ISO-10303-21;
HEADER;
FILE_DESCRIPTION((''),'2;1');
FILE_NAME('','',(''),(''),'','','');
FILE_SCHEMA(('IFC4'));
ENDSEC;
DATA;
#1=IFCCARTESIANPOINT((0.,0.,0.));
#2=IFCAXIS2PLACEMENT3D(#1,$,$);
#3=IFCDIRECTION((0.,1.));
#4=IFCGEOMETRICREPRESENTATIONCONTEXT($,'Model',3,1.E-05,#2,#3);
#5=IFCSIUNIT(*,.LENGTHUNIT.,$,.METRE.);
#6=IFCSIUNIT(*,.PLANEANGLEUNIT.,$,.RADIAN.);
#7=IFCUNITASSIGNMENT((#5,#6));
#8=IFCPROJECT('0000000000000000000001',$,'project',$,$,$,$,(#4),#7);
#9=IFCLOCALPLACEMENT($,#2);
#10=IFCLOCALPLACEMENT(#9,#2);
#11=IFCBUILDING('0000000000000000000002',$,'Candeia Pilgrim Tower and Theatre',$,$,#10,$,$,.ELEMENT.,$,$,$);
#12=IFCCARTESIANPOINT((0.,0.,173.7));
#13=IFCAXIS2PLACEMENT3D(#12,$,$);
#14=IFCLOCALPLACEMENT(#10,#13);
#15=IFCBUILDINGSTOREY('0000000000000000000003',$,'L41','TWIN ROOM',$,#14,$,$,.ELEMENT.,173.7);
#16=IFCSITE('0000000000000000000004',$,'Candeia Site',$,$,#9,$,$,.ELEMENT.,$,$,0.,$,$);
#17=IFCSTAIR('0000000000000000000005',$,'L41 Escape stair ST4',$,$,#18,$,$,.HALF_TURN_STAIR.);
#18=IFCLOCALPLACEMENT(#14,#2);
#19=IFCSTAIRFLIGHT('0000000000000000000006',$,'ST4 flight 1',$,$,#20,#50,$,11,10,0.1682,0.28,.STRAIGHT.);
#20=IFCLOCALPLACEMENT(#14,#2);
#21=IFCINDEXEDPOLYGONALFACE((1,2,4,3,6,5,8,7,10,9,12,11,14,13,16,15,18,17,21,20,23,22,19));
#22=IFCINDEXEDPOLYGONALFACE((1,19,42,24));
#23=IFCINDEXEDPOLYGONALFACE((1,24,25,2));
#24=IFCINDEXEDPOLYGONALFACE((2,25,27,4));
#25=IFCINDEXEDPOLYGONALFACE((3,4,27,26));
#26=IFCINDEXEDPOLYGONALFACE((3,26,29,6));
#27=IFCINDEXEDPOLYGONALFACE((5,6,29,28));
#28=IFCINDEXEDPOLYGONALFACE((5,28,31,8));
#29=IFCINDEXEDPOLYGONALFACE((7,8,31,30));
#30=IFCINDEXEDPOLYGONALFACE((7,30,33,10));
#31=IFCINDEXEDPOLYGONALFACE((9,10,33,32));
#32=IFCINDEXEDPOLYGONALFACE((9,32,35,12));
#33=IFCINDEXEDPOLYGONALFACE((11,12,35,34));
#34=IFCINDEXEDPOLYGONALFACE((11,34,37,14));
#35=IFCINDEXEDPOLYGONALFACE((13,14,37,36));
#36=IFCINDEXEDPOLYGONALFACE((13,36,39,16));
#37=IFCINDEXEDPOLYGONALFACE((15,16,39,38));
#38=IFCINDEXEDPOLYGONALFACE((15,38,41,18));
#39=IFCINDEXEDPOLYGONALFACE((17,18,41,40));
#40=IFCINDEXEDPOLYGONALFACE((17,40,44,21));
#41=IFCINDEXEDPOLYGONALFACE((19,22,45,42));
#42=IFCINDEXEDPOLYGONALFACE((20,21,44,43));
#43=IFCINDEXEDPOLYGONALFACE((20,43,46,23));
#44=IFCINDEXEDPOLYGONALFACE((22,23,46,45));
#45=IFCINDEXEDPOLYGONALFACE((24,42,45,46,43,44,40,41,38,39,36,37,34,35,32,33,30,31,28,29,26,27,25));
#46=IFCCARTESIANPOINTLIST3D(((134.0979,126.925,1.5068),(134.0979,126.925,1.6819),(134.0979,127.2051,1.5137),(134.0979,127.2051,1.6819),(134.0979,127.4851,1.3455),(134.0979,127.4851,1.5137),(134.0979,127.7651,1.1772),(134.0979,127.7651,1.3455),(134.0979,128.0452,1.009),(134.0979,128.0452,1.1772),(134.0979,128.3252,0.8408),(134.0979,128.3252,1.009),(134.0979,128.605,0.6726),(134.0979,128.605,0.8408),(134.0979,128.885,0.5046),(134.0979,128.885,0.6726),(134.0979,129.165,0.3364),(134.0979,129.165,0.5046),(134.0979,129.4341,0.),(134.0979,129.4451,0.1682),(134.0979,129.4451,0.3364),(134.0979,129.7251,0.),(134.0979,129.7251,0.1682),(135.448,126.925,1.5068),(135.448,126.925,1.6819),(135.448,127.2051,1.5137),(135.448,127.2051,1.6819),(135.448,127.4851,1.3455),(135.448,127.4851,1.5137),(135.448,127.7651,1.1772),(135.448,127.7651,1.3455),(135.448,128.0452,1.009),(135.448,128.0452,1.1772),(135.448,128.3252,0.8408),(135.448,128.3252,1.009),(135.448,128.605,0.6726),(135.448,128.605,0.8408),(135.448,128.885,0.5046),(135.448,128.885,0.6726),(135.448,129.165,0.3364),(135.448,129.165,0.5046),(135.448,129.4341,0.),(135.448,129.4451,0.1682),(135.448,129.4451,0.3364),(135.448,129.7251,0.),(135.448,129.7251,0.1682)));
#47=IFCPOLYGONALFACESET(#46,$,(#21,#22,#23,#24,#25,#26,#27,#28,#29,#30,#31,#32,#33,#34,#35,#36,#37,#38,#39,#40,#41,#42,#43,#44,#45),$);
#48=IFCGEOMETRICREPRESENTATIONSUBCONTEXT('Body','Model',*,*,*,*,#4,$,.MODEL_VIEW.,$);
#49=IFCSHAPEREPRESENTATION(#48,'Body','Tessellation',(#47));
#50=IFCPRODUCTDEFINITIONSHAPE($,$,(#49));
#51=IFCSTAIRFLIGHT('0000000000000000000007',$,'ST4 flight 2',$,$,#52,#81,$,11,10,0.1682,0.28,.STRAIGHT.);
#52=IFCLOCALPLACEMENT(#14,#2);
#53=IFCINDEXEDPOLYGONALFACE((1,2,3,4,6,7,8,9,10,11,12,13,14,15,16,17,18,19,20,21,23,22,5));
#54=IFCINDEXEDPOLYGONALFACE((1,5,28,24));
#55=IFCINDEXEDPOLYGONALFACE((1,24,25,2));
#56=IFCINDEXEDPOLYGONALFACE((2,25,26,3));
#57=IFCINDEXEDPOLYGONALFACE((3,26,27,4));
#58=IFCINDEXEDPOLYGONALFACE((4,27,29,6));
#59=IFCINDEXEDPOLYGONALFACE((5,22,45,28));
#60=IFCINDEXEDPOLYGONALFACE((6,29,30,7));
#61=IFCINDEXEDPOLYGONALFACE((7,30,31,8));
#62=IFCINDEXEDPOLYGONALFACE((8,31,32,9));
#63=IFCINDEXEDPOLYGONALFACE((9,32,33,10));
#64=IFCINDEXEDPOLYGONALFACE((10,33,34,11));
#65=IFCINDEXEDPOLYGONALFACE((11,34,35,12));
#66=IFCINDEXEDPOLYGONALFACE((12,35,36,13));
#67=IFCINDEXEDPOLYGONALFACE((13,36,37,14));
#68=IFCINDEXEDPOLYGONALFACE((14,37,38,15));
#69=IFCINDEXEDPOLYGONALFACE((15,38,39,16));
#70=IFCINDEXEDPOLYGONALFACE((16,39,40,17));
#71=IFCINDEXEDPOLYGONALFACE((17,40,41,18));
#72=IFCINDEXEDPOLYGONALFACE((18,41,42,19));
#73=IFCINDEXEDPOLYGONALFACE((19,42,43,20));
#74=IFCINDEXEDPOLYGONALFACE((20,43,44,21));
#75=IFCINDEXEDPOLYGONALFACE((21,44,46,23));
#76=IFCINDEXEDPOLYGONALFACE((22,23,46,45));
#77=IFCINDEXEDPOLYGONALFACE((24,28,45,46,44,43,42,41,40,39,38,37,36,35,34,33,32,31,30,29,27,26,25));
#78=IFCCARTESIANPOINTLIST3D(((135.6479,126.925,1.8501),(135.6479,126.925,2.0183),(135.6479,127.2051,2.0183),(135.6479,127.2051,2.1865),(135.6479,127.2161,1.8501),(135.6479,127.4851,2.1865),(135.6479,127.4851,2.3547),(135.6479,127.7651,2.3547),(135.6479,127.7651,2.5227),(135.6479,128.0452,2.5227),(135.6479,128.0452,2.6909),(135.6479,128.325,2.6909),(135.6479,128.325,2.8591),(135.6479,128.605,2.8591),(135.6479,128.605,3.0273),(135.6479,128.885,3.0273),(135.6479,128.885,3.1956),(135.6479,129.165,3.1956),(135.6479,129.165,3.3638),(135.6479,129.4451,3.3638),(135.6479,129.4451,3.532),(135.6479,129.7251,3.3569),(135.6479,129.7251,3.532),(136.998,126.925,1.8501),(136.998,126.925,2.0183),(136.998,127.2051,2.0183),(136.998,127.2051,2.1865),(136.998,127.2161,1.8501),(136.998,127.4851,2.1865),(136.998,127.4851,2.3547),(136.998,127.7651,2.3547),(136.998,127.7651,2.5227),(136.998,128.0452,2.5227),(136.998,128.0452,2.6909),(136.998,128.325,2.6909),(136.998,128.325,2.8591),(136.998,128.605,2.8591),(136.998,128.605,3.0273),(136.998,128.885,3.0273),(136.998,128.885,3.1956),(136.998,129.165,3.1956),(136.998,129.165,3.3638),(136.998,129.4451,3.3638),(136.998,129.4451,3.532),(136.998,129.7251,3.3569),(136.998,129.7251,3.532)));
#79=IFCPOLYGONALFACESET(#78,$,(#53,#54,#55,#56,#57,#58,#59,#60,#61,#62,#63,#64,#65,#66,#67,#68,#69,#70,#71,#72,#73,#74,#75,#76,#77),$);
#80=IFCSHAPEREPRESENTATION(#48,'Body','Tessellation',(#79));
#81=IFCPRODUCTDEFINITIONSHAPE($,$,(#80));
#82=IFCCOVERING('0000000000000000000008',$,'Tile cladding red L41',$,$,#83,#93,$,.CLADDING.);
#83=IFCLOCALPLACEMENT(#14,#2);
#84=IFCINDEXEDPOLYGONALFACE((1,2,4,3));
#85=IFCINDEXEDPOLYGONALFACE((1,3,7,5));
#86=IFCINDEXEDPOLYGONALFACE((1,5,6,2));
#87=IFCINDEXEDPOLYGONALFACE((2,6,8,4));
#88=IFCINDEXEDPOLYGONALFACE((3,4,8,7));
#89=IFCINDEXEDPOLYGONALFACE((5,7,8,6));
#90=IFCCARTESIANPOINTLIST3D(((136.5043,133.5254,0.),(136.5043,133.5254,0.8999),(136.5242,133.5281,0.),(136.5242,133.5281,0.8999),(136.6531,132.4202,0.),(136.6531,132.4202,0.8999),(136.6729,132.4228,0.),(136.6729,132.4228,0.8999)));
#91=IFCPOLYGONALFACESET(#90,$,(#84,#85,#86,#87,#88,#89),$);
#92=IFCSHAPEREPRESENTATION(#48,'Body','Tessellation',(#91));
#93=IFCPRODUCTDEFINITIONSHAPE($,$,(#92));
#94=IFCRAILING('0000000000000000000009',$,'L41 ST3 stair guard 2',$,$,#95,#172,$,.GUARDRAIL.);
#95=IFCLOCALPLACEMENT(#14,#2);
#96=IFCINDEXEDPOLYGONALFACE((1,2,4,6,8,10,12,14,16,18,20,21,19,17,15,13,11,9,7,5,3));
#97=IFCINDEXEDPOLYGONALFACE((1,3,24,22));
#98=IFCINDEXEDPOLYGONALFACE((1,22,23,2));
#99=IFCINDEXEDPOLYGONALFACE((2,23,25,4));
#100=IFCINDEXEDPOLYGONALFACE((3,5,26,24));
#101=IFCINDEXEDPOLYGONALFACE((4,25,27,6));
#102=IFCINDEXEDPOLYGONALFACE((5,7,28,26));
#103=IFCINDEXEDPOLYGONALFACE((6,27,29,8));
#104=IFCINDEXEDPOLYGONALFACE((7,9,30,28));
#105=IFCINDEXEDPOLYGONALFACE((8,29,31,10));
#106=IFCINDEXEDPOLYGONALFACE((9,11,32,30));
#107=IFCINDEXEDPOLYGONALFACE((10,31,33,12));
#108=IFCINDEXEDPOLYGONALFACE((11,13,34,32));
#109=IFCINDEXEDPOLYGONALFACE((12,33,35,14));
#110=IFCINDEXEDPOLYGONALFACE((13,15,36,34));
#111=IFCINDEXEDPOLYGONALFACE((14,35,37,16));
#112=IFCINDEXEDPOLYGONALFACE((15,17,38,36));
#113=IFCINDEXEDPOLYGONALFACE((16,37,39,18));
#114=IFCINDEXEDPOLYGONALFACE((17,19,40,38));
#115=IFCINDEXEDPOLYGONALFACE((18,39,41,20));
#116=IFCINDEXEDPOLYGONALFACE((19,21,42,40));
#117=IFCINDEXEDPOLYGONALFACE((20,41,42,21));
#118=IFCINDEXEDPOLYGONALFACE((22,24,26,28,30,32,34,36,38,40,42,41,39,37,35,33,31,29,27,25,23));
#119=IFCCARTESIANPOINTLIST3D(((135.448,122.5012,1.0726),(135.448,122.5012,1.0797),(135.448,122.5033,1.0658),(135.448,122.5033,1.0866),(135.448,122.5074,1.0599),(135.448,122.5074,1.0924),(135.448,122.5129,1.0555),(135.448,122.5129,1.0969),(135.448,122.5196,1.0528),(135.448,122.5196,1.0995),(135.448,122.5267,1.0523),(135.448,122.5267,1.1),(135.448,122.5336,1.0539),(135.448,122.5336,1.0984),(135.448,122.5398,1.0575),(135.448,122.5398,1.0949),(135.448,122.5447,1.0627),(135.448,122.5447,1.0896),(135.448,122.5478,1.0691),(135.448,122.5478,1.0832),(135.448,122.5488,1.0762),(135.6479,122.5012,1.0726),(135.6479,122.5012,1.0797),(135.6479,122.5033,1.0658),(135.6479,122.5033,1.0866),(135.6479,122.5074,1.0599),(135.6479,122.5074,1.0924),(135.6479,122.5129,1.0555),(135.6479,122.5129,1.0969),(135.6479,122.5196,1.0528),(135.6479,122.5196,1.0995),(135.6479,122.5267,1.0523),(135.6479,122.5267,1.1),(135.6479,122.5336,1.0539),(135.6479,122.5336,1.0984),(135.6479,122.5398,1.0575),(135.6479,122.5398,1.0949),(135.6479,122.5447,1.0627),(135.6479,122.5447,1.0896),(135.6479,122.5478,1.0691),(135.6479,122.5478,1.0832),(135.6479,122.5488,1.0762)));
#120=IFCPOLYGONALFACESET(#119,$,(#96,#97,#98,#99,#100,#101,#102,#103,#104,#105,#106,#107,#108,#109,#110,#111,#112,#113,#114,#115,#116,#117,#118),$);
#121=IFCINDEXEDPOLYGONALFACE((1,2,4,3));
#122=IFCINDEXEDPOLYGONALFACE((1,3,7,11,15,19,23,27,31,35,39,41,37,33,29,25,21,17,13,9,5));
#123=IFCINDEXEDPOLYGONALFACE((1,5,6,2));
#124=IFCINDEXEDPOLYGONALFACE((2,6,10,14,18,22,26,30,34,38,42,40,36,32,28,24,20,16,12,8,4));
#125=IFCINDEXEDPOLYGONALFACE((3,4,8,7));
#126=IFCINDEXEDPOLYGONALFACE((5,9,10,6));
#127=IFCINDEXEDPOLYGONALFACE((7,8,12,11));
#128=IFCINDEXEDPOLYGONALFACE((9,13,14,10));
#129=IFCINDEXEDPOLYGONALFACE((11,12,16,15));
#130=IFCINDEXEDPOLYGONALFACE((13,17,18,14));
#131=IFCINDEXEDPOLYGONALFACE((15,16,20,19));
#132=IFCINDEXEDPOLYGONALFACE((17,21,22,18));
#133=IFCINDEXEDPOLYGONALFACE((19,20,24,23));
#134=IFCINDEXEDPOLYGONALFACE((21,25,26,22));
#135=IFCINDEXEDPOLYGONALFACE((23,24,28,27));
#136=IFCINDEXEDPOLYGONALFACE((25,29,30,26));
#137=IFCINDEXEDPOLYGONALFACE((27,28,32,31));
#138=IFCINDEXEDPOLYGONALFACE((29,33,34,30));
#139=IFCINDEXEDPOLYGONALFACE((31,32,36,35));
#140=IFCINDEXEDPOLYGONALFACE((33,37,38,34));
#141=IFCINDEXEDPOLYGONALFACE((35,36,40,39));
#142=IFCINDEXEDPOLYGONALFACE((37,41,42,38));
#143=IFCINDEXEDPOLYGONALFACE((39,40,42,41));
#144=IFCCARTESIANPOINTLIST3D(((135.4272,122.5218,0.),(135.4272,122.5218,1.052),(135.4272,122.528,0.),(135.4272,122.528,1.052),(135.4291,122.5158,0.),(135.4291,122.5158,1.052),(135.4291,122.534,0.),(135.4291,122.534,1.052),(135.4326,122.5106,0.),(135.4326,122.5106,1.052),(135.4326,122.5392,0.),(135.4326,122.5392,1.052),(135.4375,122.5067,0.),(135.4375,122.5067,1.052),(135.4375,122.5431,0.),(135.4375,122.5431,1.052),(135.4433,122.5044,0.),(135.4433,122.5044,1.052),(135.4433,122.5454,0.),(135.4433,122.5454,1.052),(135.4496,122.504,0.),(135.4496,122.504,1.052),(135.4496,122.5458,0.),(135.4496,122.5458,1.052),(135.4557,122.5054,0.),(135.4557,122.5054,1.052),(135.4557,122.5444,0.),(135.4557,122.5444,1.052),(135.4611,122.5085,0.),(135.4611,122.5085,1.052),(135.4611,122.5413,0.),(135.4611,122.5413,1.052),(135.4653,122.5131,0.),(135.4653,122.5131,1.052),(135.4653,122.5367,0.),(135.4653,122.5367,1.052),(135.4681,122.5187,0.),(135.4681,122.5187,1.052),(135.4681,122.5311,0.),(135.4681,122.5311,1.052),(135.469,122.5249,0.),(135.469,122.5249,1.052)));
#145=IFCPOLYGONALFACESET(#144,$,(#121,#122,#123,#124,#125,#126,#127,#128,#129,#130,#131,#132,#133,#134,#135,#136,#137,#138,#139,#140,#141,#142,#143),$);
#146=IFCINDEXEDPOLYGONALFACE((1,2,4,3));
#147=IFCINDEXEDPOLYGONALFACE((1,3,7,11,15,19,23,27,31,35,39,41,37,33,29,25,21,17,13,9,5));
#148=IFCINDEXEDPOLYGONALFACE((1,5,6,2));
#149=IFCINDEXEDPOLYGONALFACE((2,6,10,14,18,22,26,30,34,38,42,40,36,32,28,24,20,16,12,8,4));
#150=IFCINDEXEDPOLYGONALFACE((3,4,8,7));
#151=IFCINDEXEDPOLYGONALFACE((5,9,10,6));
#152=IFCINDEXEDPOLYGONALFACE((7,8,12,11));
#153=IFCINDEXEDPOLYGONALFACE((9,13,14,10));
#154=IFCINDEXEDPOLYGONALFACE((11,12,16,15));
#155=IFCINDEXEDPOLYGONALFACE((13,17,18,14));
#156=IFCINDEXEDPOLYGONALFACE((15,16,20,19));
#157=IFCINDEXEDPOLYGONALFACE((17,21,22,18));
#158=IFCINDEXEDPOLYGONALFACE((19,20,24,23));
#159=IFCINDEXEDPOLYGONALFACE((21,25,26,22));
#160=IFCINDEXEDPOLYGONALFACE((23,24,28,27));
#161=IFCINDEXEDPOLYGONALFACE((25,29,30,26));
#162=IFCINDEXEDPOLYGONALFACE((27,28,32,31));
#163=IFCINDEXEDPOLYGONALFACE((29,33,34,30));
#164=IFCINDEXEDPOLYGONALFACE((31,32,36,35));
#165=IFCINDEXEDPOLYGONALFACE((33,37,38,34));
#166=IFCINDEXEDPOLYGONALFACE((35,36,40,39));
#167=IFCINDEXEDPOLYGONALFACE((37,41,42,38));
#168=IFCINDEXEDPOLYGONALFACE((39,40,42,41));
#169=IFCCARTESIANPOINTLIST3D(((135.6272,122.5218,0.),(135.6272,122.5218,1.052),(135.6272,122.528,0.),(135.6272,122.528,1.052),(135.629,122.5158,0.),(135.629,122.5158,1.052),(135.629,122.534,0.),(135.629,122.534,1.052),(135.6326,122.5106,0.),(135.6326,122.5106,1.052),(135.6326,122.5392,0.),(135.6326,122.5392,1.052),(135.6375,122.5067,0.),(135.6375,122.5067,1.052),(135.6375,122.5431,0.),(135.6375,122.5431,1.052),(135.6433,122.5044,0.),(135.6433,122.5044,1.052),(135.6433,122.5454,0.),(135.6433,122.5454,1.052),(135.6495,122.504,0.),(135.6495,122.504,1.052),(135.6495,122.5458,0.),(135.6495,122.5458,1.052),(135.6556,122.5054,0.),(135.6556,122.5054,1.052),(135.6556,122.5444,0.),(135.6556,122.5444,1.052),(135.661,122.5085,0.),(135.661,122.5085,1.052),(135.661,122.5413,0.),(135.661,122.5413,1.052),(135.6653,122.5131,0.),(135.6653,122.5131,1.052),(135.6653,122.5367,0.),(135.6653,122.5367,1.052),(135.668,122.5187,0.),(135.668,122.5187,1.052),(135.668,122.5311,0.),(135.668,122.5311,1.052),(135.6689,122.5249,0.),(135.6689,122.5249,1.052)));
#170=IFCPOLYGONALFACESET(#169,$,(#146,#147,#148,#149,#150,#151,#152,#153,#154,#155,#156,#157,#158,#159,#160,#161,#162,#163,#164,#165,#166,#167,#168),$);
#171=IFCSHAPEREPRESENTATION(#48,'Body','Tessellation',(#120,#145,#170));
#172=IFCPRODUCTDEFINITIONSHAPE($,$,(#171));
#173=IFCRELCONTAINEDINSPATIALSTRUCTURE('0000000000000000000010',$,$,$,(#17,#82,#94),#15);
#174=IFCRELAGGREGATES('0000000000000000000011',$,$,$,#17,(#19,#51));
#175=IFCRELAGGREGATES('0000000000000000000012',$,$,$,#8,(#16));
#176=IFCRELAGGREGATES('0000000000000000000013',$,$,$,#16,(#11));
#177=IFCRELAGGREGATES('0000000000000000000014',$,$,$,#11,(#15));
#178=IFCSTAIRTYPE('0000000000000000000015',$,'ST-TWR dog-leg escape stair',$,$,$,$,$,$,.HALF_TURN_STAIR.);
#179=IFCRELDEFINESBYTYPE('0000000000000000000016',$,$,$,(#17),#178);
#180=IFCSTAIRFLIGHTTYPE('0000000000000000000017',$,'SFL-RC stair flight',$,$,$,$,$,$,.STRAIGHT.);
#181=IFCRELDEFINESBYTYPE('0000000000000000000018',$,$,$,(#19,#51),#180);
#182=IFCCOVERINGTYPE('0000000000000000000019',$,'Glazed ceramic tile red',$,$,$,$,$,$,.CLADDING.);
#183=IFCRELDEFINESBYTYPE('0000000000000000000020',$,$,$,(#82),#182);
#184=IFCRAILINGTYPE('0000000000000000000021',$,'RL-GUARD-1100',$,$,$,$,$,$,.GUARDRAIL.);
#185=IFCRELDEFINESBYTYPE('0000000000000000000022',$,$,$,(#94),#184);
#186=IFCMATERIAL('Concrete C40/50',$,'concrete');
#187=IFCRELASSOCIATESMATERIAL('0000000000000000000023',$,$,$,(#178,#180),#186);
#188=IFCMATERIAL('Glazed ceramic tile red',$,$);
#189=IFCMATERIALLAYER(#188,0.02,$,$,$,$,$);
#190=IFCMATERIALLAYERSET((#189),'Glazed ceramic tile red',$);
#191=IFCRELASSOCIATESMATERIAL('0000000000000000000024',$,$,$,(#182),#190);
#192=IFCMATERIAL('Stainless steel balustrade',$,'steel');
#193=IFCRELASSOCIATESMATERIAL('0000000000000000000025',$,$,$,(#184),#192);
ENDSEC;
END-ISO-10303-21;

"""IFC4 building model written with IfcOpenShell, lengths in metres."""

from ifc_helpers import new_model, si_unit, direction, frame, origin, origin_2d, place, context, subcontext, project, spatial, polyline, rectangle, circle, outline, extrude, material, layer, layer_set, type_object, element, aggregate, save


model = new_model("IFC4")

# Units and contexts
model_context = context("Model", 3, precision=1e-05, world=origin(), true_north=direction((0.0, 1.0)))
body_context = subcontext(model_context, "Body", "Model", "MODEL_VIEW")
ifc_project = project(units=[si_unit("LENGTHUNIT", "METRE"), si_unit("PLANEANGLEUNIT", "RADIAN")], contexts=[model_context])

# Site, building, storey
site_placement = place(None, origin())
site = spatial("IfcSite", under=ifc_project, at=site_placement, Name="Candeia Site", CompositionType="ELEMENT", RefElevation=0.0)
building_placement = place(site_placement, origin())
building = spatial("IfcBuilding", under=site, at=building_placement, Name="Candeia Pilgrim Tower and Theatre", CompositionType="ELEMENT")
storey_placement = place(building_placement, frame((0.0, 0.0, 173.7)))
storey = spatial("IfcBuildingStorey", under=building, at=storey_placement, Name="L41", Description="TWIN ROOM", CompositionType="ELEMENT", Elevation=173.7)

# Shared definitions
ifc_material_1 = material(Name="Concrete C40/50", Category="concrete")

# Stair, stair flights
stair_type = type_object("IfcStairType", Name="ST-TWR dog-leg escape stair", PredefinedType="HALF_TURN_STAIR", material=ifc_material_1)
stair_flight_type = type_object("IfcStairFlightType", Name="SFL-RC stair flight", PredefinedType="STRAIGHT", material=ifc_material_1)
stair_1_placement = place(storey_placement, origin())
stair_1 = element("IfcStair", 1, at=stair_1_placement, inside=storey, type_object=stair_type, Name="L41 Escape stair ST4", PredefinedType="HALF_TURN_STAIR")
stair_flight_1_placement = place(storey_placement, frame((134.7729, 129.7251, 0.0), z_axis=(0.0, 0.0, 1.0), x_axis=(0.0, -1.0, 0.0)))
stair_flight_1 = element("IfcStairFlight", 2, at=stair_flight_1_placement, type_object=stair_flight_type, Name="ST4 flight 1", NumberOfRisers=11, NumberOfTreads=10, PredefinedType="STRAIGHT", RiserHeight=0.1682, TreadLength=0.28, context=body_context, shape_type="SweptSolid", body=[
    extrude(outline(polyline([(0.0, 0.0), (0.0, 0.1682), (0.28, 0.1682), (0.28, 0.3364), (0.5601, 0.3364), (0.5601, 0.5046), (0.8401, 0.5046), (0.8401, 0.6726), (1.1201, 0.6726), (1.1201, 0.8408), (1.3999, 0.8408), (1.3999, 1.009), (1.6799, 1.009), (1.6799, 1.1772), (1.96, 1.1772), (1.96, 1.3455), (2.24, 1.3455), (2.24, 1.5137), (2.52, 1.5137), (2.52, 1.6819), (2.8, 1.6819), (2.8, 1.8501), (2.8, 1.5068), (0.291, 0.0), (0.0, 0.0)])), frame((0.0, 0.675, 0.0), z_axis=(0.0, -1.0, 0.0), x_axis=(1.0, 0.0, 0.0)), (0.0, 0.0, 1.0), 1.3501),
])
stair_flight_2_placement = place(storey_placement, frame((136.323, 126.925, 1.8501), z_axis=(0.0, 0.0, 1.0), x_axis=(0.0, 1.0, 0.0)))
stair_flight_2 = element("IfcStairFlight", 3, at=stair_flight_2_placement, type_object=stair_flight_type, Name="ST4 flight 2", NumberOfRisers=11, NumberOfTreads=10, PredefinedType="STRAIGHT", RiserHeight=0.1682, TreadLength=0.28, context=body_context, shape_type="SweptSolid", body=[
    extrude(outline(polyline([(0.0, 0.0), (0.0, 0.1682), (0.28, 0.1682), (0.28, 0.3364), (0.5601, 0.3364), (0.5601, 0.5046), (0.8401, 0.5046), (0.8401, 0.6726), (1.1201, 0.6726), (1.1201, 0.8408), (1.3999, 0.8408), (1.3999, 1.009), (1.6799, 1.009), (1.6799, 1.1772), (1.96, 1.1772), (1.96, 1.3455), (2.24, 1.3455), (2.24, 1.5137), (2.52, 1.5137), (2.52, 1.6819), (2.8, 1.6819), (2.8, 1.8501), (2.8, 1.5068), (0.291, 0.0), (0.0, 0.0)])), frame((0.0, 0.675, 0.0), z_axis=(0.0, -1.0, 0.0), x_axis=(1.0, 0.0, 0.0)), (0.0, 0.0, 1.0), 1.3501),
])
aggregate(stair_1, [stair_flight_1, stair_flight_2])

# Covering
ifc_material_2 = material(Name="Glazed ceramic tile red")
ifc_layer_1 = layer(ifc_material_2, 0.02)
ifc_layer_set_1 = layer_set([ifc_layer_1], Name="Glazed ceramic tile red")
covering_type = type_object("IfcCoveringType", Name="Glazed ceramic tile red", PredefinedType="CLADDING", material=ifc_layer_set_1)
covering_placement = place(storey_placement, frame((136.5886, 132.9741, 0.0), z_axis=(0.0, 0.0, 1.0), x_axis=(-0.133412, 0.991061, 0.0)))
element("IfcCovering", 4, at=covering_placement, inside=storey, type_object=covering_type, Name="Tile cladding red L41", PredefinedType="CLADDING", context=body_context, shape_type="SweptSolid", body=[
    extrude(rectangle(XDim=1.1152, YDim=0.02, at=origin_2d()), origin(), (0.0, 0.0, 1.0), 0.8999),
])

# Railing
ifc_material_3 = material(Name="Stainless steel balustrade", Category="steel")
railing_type_1 = type_object("IfcRailingType", Name="RL-GUARD-1100", PredefinedType="GUARDRAIL", material=ifc_material_3)
railing_1_placement = place(storey_placement, frame((135.448, 122.5249, 0.0)))
element("IfcRailing", 5, at=railing_1_placement, inside=storey, type_object=railing_type_1, Name="L41 ST3 stair guard 2", PredefinedType="GUARDRAIL", context=body_context, shape_type="SweptSolid", body=[
    extrude(circle(Radius=0.0239, at=origin_2d()), frame((0.0, 0.0, 1.0762), z_axis=(1.0, 0.0, 0.0), x_axis=(0.0, 1.0, 0.0)), (0.0, 0.0, 1.0), 0.2),
    extrude(circle(Radius=0.021, at=origin_2d()), origin(), (0.0, 0.0, 1.0), 1.052),
    extrude(circle(Radius=0.021, at=origin_2d()), frame((0.2, 0.0, 0.0)), (0.0, 0.0, 1.0), 1.052),
])

save(model, "model.ifc")
